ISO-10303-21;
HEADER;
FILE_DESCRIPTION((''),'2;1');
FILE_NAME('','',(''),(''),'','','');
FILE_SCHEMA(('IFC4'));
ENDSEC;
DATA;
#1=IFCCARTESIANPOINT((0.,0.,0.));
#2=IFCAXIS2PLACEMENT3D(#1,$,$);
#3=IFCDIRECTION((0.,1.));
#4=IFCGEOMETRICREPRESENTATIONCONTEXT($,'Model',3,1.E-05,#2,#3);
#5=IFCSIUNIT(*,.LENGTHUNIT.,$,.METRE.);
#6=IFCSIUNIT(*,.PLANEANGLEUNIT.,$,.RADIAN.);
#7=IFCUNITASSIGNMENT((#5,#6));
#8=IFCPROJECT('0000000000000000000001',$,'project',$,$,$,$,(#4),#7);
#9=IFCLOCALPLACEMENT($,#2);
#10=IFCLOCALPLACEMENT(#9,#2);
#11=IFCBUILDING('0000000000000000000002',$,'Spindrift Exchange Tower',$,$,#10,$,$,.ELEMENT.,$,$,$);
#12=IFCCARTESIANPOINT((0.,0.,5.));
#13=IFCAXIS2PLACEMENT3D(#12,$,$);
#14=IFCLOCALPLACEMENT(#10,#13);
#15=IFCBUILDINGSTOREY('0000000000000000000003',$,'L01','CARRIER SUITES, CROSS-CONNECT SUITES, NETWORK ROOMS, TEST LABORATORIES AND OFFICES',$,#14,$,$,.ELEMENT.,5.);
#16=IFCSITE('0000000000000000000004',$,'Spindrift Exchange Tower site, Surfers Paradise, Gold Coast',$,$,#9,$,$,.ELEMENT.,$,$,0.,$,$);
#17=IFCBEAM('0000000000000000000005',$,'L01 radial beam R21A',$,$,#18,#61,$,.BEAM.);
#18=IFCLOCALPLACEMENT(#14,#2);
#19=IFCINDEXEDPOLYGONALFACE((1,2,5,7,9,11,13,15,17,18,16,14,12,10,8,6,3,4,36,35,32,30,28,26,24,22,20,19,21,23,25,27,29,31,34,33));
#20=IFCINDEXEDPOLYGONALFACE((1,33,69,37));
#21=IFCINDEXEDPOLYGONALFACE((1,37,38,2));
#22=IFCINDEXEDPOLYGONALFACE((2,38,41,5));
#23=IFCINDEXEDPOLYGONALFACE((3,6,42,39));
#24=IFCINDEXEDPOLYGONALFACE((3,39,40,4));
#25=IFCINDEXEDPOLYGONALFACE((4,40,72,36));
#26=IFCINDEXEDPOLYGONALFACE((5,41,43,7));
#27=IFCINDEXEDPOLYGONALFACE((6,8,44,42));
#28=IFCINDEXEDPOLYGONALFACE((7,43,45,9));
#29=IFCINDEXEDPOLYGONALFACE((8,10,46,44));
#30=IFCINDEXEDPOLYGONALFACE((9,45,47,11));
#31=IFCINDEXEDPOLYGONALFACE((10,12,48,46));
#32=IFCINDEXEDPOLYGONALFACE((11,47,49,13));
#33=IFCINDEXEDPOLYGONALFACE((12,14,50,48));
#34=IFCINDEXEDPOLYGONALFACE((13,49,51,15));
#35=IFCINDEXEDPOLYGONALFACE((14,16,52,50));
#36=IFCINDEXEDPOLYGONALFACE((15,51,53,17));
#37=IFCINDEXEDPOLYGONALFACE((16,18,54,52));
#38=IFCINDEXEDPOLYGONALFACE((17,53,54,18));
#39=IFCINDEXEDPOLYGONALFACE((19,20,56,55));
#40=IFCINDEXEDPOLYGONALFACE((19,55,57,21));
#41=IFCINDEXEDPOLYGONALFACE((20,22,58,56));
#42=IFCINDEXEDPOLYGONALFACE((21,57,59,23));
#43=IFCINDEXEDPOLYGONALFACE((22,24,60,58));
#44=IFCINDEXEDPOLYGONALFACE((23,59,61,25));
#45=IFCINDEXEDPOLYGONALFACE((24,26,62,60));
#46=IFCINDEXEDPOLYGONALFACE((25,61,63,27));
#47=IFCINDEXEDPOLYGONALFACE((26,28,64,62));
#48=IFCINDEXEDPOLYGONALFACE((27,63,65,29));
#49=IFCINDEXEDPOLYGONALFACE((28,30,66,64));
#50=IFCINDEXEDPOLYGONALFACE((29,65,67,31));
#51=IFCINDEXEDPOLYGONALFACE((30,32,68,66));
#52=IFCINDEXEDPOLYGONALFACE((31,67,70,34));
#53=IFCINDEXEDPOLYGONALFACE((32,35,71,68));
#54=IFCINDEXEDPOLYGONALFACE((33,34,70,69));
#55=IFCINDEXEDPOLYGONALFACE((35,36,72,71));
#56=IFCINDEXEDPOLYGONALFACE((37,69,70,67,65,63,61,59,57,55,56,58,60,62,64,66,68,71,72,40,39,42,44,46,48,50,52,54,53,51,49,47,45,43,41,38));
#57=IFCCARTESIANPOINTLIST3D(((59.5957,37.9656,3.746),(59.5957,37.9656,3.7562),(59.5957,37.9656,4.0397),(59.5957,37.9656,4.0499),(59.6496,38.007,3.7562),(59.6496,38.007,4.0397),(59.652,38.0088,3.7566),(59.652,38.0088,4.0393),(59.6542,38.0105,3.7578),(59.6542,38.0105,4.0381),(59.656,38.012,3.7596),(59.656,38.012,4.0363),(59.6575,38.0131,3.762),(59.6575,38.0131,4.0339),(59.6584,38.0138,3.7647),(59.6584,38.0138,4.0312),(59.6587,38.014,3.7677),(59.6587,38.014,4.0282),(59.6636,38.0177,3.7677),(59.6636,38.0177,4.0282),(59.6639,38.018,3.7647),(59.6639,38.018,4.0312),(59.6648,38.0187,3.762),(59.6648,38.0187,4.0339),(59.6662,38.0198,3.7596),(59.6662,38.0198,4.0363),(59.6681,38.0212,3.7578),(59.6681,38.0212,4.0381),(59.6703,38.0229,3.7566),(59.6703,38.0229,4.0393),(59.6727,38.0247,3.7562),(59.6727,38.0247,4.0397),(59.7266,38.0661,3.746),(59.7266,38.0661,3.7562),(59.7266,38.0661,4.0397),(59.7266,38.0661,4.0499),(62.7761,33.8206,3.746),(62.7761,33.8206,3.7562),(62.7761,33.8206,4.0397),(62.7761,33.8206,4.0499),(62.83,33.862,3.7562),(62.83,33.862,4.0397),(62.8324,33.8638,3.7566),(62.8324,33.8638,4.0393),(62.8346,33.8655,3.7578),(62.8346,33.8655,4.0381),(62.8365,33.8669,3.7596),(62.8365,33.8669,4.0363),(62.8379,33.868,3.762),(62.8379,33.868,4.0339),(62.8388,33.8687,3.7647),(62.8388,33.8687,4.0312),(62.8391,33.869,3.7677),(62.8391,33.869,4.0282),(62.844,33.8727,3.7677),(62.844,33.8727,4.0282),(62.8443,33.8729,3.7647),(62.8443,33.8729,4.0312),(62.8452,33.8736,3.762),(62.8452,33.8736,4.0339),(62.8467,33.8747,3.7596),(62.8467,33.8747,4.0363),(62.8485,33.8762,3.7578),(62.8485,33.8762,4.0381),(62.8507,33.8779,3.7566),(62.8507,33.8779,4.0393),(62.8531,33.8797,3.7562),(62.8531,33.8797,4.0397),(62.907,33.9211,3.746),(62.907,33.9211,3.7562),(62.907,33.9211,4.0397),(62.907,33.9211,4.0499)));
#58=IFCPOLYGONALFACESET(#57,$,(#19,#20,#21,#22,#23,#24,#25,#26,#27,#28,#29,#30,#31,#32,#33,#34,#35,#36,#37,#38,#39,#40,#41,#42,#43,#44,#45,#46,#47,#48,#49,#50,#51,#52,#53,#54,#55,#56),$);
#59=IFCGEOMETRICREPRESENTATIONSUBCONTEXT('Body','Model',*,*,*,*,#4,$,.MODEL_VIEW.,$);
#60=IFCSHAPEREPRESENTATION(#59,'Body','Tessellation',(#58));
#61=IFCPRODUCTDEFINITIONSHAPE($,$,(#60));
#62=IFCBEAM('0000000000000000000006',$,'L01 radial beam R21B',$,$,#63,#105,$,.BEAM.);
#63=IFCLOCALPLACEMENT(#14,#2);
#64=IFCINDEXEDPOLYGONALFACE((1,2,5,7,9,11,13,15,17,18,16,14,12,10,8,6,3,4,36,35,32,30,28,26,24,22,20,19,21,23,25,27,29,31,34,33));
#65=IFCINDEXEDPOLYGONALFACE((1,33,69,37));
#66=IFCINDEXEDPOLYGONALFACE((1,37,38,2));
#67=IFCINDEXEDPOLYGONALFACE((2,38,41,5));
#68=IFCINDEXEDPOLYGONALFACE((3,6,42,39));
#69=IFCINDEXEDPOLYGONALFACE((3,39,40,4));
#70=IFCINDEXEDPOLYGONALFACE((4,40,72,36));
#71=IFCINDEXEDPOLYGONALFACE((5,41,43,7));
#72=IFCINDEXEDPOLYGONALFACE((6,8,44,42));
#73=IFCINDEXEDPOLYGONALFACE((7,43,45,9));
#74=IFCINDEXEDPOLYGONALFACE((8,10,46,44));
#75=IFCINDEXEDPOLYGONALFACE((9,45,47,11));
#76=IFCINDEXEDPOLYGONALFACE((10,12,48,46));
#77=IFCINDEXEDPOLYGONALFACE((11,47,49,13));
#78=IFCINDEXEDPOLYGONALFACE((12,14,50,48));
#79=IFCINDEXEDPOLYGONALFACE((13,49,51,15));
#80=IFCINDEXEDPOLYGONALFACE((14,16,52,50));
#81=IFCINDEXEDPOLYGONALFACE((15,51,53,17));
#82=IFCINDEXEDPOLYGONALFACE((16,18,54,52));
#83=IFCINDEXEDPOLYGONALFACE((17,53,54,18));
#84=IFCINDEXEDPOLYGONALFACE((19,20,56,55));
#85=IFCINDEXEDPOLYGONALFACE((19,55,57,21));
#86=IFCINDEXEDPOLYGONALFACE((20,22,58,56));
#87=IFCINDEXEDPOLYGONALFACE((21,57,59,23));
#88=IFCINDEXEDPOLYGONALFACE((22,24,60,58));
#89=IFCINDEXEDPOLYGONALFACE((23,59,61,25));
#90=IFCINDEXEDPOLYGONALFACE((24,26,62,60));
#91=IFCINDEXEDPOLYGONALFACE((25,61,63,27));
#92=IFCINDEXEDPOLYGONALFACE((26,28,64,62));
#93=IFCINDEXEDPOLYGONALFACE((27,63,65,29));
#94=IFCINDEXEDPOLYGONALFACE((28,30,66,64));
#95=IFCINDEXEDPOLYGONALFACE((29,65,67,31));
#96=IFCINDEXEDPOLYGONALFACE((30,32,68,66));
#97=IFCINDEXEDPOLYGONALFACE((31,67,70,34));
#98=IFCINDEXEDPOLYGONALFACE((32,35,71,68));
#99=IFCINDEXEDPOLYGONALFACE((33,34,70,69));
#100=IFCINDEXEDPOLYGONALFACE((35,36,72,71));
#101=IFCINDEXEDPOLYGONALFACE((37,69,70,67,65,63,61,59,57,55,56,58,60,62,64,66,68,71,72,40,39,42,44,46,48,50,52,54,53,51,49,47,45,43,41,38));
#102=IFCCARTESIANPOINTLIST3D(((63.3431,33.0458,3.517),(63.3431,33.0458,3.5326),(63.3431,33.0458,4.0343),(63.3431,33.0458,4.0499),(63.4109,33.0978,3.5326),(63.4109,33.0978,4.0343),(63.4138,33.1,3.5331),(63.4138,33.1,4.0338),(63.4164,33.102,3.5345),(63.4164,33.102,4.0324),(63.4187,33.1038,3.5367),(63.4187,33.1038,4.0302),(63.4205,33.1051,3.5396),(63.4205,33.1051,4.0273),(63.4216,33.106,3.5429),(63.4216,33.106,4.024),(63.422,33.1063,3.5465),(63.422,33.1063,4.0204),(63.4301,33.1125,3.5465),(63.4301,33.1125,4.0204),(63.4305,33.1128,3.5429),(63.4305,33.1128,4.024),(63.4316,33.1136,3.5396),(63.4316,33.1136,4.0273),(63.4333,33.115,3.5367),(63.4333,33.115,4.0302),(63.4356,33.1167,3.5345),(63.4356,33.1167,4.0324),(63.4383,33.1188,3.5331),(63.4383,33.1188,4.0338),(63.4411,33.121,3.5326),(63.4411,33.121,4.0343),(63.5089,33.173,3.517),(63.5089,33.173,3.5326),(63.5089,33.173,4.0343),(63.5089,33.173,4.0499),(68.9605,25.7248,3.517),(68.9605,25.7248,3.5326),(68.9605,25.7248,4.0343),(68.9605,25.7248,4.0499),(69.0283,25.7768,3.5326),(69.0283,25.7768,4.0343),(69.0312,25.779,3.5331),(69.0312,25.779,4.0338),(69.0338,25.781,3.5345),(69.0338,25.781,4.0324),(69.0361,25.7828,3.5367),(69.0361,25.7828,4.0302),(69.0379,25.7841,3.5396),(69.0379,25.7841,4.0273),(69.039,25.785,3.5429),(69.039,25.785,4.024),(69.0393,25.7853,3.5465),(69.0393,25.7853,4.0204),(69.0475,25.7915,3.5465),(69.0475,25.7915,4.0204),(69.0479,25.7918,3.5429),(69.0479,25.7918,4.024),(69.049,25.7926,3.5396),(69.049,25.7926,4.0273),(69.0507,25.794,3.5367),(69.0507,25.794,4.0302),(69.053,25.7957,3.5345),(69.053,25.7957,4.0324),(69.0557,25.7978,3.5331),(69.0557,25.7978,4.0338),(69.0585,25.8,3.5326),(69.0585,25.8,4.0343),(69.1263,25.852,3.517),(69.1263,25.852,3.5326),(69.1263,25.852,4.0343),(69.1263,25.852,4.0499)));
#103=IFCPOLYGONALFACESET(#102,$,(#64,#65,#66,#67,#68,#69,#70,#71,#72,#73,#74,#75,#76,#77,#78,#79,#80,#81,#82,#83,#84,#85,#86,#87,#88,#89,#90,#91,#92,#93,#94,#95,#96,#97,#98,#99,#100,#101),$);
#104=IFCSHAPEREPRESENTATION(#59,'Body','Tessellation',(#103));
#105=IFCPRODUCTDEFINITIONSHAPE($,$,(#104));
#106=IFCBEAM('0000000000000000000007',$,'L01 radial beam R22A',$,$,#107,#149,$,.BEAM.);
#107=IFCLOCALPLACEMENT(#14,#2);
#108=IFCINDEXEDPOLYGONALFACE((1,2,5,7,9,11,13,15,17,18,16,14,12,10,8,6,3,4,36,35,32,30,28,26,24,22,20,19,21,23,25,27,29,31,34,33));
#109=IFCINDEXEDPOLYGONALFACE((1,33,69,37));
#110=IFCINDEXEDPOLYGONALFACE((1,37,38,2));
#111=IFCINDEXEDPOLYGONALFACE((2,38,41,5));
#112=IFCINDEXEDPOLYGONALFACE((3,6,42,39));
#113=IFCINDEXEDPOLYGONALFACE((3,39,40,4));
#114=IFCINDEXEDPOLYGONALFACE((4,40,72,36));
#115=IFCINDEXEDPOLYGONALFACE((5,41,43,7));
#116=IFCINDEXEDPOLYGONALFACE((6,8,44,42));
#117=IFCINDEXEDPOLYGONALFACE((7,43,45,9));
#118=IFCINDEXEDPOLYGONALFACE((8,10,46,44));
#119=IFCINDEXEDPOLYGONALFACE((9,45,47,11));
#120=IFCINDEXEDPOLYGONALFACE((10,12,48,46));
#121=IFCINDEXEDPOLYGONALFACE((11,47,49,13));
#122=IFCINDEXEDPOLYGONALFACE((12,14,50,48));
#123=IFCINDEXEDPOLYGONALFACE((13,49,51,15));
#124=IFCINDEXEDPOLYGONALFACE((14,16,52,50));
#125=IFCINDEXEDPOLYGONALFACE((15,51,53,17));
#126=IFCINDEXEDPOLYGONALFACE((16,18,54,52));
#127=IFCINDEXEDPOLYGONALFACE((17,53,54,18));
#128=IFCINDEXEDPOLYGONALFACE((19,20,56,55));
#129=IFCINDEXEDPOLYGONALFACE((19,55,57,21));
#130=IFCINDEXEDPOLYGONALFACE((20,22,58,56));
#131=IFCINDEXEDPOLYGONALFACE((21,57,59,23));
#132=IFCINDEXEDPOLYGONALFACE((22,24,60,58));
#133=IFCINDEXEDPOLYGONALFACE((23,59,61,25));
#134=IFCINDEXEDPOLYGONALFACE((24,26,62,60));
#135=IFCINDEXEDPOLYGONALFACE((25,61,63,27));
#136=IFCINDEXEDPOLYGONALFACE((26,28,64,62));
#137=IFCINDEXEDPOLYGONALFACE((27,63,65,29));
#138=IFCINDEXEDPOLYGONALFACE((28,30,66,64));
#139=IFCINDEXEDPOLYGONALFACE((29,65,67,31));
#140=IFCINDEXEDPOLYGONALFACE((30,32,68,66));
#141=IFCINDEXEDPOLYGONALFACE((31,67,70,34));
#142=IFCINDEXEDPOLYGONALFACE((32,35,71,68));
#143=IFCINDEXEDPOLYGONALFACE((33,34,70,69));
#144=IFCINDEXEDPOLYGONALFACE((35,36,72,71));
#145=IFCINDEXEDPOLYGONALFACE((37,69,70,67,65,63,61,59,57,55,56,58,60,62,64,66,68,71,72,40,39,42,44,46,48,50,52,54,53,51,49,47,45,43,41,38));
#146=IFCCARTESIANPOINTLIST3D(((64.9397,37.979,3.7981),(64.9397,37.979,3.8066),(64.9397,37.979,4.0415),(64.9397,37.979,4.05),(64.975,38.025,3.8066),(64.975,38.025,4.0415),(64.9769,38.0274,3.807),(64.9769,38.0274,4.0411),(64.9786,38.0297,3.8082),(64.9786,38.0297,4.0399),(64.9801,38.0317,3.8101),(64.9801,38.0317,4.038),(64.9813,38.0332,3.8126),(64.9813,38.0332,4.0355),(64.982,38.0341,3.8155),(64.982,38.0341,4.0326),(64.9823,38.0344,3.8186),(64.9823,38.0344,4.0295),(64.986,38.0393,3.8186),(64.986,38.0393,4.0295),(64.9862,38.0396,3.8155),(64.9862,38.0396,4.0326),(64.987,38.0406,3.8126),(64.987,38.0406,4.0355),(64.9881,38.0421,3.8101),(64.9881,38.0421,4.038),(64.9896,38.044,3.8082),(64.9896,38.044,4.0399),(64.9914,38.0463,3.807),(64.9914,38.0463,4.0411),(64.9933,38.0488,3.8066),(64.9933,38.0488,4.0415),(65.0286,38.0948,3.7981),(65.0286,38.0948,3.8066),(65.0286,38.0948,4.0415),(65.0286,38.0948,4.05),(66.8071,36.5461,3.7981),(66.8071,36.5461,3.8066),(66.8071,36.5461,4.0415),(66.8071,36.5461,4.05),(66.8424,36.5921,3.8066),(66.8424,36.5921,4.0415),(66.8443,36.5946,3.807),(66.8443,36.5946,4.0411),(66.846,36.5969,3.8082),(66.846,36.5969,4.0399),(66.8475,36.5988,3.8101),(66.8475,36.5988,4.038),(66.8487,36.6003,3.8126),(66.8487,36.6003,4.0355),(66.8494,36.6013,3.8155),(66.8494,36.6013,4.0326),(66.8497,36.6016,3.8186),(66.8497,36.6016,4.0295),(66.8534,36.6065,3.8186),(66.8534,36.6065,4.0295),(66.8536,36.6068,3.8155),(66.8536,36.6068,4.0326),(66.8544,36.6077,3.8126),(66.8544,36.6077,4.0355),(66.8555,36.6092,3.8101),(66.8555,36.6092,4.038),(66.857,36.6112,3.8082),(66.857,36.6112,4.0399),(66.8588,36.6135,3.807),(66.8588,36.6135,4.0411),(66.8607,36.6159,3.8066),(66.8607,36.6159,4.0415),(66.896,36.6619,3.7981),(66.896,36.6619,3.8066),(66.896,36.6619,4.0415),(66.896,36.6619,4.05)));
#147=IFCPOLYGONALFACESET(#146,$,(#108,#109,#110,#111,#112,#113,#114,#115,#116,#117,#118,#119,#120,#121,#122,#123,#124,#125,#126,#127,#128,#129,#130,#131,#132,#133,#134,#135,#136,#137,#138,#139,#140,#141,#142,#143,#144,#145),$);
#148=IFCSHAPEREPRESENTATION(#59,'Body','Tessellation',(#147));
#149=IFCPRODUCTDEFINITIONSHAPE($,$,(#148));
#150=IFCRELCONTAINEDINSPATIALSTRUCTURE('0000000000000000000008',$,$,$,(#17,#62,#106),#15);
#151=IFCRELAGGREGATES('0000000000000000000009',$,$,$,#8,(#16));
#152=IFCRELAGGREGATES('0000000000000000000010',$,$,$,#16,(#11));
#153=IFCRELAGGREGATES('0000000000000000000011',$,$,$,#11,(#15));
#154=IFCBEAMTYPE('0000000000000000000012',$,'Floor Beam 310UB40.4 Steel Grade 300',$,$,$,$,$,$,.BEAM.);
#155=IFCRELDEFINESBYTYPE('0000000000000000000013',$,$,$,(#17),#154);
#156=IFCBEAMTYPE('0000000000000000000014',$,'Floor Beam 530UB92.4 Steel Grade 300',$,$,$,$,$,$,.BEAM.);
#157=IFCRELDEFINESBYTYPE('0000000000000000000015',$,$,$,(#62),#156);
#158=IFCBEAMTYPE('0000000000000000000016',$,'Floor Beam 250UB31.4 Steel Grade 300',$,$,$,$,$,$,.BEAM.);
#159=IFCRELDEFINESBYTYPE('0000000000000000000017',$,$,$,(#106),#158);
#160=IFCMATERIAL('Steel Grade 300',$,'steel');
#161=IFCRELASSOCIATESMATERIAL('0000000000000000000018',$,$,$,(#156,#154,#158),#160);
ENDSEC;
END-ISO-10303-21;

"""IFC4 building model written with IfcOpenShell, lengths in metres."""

from ifc_helpers import new_model, si_unit, direction, frame, origin, origin_2d, place, context, subcontext, project, spatial, i_section, extrude, source, transform, mapped, material, material_profile, profile_set, type_object, element, save


model = new_model("IFC4")

# Units and contexts
model_context = context("Model", 3, precision=1e-05, world=origin(), true_north=direction((0.0, 1.0)))
body_context = subcontext(model_context, "Body", "Model", "MODEL_VIEW")
ifc_project = project(units=[si_unit("LENGTHUNIT", "METRE"), si_unit("PLANEANGLEUNIT", "RADIAN")], contexts=[model_context])

# Site, building, storey
site_placement = place(None, origin())
site = spatial("IfcSite", under=ifc_project, at=site_placement, Name="Spindrift Exchange Tower site, Surfers Paradise, Gold Coast", CompositionType="ELEMENT", RefElevation=0.0)
building_placement = place(site_placement, origin())
building = spatial("IfcBuilding", under=site, at=building_placement, Name="Spindrift Exchange Tower", CompositionType="ELEMENT")
storey_placement = place(building_placement, frame((0.0, 0.0, 5.0)))
storey = spatial("IfcBuildingStorey", under=building, at=storey_placement, Name="L01", Description="CARRIER SUITES, CROSS-CONNECT SUITES, NETWORK ROOMS, TEST LABORATORIES AND OFFICES", CompositionType="ELEMENT", Elevation=5.0)

# Beams
ifc_material_1 = material(Name="Steel Grade 300", Category="steel")
ifc_material_profile_1 = material_profile(ifc_material_1, i_section(OverallWidth=0.209, OverallDepth=0.533, WebThickness=0.0103, FlangeThickness=0.0156, FilletRadius=0.0139, at=origin_2d()), Name="530UB92.4")
ifc_profile_set_1 = profile_set([ifc_material_profile_1], Name="Steel Grade 300")
beam_type_1 = type_object("IfcBeamType", Name="Floor Beam 530UB92.4 Steel Grade 300", PredefinedType="BEAM", material=ifc_profile_set_1)
ifc_material_profile_2 = material_profile(ifc_material_1, i_section(OverallWidth=0.165, OverallDepth=0.304, WebThickness=0.0061, FlangeThickness=0.0103, FilletRadius=0.0115, at=origin_2d()), Name="310UB40.4")
ifc_profile_set_2 = profile_set([ifc_material_profile_2], Name="Steel Grade 300")
beam_type_2 = type_object("IfcBeamType", Name="Floor Beam 310UB40.4 Steel Grade 300", PredefinedType="BEAM", material=ifc_profile_set_2)
shared_shape_1 = source(origin(), body_context, "Body", "SweptSolid", [
    extrude(i_section(OverallWidth=0.165, OverallDepth=0.304, WebThickness=0.0061, FlangeThickness=0.0103, FilletRadius=0.0115, at=origin_2d()), origin(), (0.0, 0.0, 1.0), 5.2246),
])
beam_1_placement = place(storey_placement, frame((59.6611, 38.0159, 3.8979), z_axis=(0.608741, -0.793369, 0.0), x_axis=(0.793369, 0.608741, 0.0)))
element("IfcBeam", 1, at=beam_1_placement, inside=storey, type_object=beam_type_2, Name="L01 radial beam R21A", PredefinedType="BEAM", context=body_context, shape_type="MappedRepresentation", body=[
    mapped(shared_shape_1, transform((0.0, 0.0, 0.0), scale=1.0)),
])
shared_shape_2 = source(origin(), body_context, "Body", "SweptSolid", [
    extrude(i_section(OverallWidth=0.209, OverallDepth=0.533, WebThickness=0.0103, FlangeThickness=0.0156, FilletRadius=0.0139, at=origin_2d()), origin(), (0.0, 0.0, 1.0), 9.2278),
])
beam_2_placement = place(storey_placement, frame((63.426, 33.1094, 3.7834), z_axis=(0.608748, -0.793364, 0.0), x_axis=(0.793364, 0.608748, 0.0)))
element("IfcBeam", 2, at=beam_2_placement, inside=storey, type_object=beam_type_1, Name="L01 radial beam R21B", PredefinedType="BEAM", context=body_context, shape_type="MappedRepresentation", body=[
    mapped(shared_shape_2, transform((0.0, 0.0, 0.0), scale=1.0)),
])
ifc_material_profile_3 = material_profile(ifc_material_1, i_section(OverallWidth=0.146, OverallDepth=0.252, WebThickness=0.0061, FlangeThickness=0.0085, FilletRadius=0.012, at=origin_2d()), Name="250UB31.4")
ifc_profile_set_3 = profile_set([ifc_material_profile_3], Name="Steel Grade 300")
beam_type_3 = type_object("IfcBeamType", Name="Floor Beam 250UB31.4 Steel Grade 300", PredefinedType="BEAM", material=ifc_profile_set_3)
shared_shape_3 = source(origin(), body_context, "Body", "SweptSolid", [
    extrude(i_section(OverallWidth=0.146, OverallDepth=0.252, WebThickness=0.0061, FlangeThickness=0.0085, FilletRadius=0.012, at=origin_2d()), origin(), (0.0, 0.0, 1.0), 2.3538),
])
beam_3_placement = place(storey_placement, frame((64.9841, 38.0369, 3.9241), z_axis=(0.793368, -0.608743, 0.0), x_axis=(0.608743, 0.793368, 0.0)))
element("IfcBeam", 3, at=beam_3_placement, inside=storey, type_object=beam_type_3, Name="L01 radial beam R22A", PredefinedType="BEAM", context=body_context, shape_type="MappedRepresentation", body=[
    mapped(shared_shape_3, transform((0.0, 0.0, 0.0), scale=1.0)),
])

save(model, "model.ifc")
